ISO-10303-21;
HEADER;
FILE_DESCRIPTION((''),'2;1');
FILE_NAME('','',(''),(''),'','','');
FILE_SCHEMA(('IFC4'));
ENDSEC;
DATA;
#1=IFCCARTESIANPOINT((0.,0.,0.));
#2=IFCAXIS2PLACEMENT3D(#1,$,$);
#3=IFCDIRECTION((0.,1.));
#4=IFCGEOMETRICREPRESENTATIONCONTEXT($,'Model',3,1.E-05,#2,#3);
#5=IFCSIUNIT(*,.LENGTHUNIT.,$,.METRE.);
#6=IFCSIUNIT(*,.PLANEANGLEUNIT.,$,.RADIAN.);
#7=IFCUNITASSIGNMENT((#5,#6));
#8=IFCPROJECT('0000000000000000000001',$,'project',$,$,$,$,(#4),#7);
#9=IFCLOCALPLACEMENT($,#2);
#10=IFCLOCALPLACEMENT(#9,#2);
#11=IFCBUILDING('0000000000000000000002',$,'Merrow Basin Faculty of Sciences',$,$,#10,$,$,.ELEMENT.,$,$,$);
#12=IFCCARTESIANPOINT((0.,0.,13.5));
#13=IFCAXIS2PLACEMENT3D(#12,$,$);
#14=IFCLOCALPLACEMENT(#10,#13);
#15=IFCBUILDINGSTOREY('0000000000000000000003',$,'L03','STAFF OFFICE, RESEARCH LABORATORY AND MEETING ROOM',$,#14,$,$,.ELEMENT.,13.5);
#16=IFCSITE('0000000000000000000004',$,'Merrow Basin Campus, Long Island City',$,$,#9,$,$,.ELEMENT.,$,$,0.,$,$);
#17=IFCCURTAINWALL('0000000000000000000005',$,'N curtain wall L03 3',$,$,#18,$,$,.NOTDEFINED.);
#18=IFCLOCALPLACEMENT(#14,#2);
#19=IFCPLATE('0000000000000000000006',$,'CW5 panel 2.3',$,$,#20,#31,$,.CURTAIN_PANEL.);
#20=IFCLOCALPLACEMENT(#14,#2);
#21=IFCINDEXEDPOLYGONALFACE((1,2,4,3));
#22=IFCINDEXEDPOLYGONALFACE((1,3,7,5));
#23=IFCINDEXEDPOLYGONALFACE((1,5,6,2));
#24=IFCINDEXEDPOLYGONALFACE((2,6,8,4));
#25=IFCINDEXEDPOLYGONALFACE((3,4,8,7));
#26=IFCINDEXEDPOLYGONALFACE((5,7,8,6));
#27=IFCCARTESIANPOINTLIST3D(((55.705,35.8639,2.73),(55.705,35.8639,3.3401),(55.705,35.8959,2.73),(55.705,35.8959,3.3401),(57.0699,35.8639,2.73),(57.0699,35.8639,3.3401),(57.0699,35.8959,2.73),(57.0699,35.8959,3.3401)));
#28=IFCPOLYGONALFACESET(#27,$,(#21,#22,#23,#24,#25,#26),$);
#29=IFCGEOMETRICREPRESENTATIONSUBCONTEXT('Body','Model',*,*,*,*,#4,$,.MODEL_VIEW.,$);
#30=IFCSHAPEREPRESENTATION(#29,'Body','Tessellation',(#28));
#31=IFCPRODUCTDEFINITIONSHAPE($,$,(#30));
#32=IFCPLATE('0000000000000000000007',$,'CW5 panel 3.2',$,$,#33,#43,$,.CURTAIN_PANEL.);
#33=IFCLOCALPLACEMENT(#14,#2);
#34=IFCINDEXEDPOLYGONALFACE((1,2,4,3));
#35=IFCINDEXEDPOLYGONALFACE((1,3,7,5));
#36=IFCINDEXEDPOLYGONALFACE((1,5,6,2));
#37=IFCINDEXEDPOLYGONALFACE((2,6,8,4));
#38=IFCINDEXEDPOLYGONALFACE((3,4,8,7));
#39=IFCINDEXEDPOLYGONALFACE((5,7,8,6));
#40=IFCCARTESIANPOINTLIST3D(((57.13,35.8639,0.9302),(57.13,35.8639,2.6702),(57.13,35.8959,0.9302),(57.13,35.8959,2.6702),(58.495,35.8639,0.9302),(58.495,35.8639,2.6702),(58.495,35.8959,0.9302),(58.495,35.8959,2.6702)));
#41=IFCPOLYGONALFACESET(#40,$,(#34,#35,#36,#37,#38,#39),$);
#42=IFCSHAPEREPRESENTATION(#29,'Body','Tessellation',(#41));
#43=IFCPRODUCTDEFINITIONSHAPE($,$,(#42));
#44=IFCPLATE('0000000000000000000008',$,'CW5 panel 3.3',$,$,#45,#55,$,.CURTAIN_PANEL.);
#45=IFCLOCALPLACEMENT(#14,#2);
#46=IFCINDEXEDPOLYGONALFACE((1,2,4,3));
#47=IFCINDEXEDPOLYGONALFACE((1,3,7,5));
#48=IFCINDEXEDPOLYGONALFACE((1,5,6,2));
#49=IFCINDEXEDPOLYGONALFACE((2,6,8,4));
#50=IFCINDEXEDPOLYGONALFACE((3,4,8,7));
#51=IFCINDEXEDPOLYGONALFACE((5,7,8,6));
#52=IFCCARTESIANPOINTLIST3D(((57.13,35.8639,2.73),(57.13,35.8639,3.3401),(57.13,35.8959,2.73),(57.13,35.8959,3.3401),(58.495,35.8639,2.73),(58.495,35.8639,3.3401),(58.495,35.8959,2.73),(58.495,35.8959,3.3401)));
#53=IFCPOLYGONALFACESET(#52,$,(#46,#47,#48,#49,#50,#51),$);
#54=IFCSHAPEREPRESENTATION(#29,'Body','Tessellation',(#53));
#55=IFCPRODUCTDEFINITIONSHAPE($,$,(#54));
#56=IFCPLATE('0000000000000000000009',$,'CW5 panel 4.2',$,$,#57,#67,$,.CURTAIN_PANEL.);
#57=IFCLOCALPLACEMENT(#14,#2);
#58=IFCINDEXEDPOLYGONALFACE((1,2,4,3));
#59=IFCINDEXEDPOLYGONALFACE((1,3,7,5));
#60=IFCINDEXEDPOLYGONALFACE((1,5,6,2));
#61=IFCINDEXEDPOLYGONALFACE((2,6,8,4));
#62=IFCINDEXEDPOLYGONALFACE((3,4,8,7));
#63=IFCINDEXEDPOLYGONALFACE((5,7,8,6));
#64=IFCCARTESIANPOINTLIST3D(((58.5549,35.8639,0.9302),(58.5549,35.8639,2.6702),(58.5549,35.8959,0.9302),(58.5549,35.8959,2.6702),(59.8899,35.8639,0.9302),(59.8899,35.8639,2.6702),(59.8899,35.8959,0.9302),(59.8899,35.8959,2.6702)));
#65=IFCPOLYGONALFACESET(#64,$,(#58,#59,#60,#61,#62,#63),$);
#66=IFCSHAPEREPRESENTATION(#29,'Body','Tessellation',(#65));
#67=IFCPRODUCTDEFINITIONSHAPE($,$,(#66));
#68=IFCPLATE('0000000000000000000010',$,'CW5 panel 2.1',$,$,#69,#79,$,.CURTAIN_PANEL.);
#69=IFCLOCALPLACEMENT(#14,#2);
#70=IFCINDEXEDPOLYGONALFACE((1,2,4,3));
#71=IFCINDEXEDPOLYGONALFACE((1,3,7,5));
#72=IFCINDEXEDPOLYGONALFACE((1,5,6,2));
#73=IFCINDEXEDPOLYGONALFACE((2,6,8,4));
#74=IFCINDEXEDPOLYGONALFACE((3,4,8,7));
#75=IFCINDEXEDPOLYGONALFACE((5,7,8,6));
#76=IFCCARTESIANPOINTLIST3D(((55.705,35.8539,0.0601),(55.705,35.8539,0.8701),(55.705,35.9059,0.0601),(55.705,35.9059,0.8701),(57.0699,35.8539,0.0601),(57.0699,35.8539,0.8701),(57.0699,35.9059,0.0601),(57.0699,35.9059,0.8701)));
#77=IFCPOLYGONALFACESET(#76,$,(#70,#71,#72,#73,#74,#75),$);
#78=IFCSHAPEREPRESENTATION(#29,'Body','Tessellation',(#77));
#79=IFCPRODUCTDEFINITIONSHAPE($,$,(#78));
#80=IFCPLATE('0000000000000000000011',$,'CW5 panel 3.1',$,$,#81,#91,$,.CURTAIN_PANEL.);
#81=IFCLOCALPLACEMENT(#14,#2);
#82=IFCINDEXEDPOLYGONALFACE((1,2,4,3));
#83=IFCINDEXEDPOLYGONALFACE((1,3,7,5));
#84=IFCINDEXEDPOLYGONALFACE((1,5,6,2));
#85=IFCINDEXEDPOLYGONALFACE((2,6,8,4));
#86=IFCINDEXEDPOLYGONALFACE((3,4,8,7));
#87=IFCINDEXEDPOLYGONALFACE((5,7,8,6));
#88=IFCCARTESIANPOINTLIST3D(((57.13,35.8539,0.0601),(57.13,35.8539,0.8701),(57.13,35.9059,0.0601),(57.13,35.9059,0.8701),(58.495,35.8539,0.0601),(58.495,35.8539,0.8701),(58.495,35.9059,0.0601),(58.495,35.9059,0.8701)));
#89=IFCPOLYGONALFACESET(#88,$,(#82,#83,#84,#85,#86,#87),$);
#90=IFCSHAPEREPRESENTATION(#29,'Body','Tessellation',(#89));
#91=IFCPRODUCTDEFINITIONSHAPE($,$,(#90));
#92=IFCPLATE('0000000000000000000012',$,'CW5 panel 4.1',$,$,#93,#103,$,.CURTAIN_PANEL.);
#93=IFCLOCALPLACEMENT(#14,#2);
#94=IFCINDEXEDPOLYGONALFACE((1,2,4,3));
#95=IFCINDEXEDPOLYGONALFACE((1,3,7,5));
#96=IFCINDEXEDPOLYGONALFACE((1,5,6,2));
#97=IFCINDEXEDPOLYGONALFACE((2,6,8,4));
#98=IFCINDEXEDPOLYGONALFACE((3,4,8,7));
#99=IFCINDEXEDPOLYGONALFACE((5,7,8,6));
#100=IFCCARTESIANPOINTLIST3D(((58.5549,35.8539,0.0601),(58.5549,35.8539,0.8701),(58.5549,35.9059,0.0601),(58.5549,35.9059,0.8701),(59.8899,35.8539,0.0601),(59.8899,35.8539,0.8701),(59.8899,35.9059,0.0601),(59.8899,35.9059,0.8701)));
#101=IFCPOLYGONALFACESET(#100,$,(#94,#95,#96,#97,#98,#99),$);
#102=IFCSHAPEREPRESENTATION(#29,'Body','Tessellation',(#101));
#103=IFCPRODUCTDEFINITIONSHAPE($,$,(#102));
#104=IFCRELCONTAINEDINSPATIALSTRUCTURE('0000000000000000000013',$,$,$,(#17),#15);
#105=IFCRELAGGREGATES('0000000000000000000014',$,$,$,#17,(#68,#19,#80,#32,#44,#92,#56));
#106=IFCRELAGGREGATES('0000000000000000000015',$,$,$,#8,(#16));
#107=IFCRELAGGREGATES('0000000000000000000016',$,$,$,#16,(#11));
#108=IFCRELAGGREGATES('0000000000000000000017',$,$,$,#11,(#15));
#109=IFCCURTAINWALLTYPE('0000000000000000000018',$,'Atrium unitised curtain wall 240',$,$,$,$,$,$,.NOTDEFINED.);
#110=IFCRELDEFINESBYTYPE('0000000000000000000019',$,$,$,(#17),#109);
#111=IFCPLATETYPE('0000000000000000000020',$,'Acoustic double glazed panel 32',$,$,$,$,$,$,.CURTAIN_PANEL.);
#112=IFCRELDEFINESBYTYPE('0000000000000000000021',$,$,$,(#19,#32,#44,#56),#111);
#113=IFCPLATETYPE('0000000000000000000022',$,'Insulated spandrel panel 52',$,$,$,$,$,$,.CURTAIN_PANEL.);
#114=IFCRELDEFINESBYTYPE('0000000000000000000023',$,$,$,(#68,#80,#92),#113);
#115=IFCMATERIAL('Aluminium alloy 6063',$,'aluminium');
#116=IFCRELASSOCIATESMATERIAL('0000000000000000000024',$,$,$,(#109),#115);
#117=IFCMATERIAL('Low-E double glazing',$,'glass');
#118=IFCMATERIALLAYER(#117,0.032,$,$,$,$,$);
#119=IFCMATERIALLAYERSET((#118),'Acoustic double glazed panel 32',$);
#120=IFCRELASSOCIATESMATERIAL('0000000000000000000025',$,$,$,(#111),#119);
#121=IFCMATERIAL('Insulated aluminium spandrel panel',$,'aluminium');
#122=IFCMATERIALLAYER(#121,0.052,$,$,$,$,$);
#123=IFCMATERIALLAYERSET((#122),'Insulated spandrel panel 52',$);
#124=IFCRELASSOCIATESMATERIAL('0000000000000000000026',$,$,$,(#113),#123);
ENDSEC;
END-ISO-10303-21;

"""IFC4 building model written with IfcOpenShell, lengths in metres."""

from ifc_helpers import new_model, si_unit, direction, frame, origin, origin_2d, place, context, subcontext, project, spatial, rectangle, extrude, material, layer, layer_set, type_object, element, aggregate, save


model = new_model("IFC4")

# Units and contexts
model_context = context("Model", 3, precision=1e-05, world=origin(), true_north=direction((0.0, 1.0)))
body_context = subcontext(model_context, "Body", "Model", "MODEL_VIEW")
ifc_project = project(units=[si_unit("LENGTHUNIT", "METRE"), si_unit("PLANEANGLEUNIT", "RADIAN")], contexts=[model_context])

# Site, building, storey
site_placement = place(None, origin())
site = spatial("IfcSite", under=ifc_project, at=site_placement, Name="Merrow Basin Campus, Long Island City", CompositionType="ELEMENT", RefElevation=0.0)
building_placement = place(site_placement, origin())
building = spatial("IfcBuilding", under=site, at=building_placement, Name="Merrow Basin Faculty of Sciences", CompositionType="ELEMENT")
storey_placement = place(building_placement, frame((0.0, 0.0, 13.5)))
storey = spatial("IfcBuildingStorey", under=building, at=storey_placement, Name="L03", Description="STAFF OFFICE, RESEARCH LABORATORY AND MEETING ROOM", CompositionType="ELEMENT", Elevation=13.5)

# Curtain wall, plates
ifc_material_1 = material(Name="Aluminium alloy 6063", Category="aluminium")
curtain_wall_type = type_object("IfcCurtainWallType", Name="Atrium unitised curtain wall 240", PredefinedType="NOTDEFINED", material=ifc_material_1)
curtain_wall_placement = place(storey_placement, origin())
curtain_wall = element("IfcCurtainWall", 1, at=curtain_wall_placement, inside=storey, type_object=curtain_wall_type, Name="N curtain wall L03 3", PredefinedType="NOTDEFINED")
ifc_material_2 = material(Name="Low-E double glazing", Category="glass")
ifc_layer_1 = layer(ifc_material_2, 0.032)
ifc_layer_set_1 = layer_set([ifc_layer_1], Name="Acoustic double glazed panel 32")
plate_type_1 = type_object("IfcPlateType", Name="Acoustic double glazed panel 32", PredefinedType="CURTAIN_PANEL", material=ifc_layer_set_1)
plate_1_placement = place(storey_placement, frame((56.3875, 35.8799, 2.73), z_axis=(0.0, 0.0, 1.0), x_axis=(1.0, 0.0, 0.0)))
plate_1 = element("IfcPlate", 2, at=plate_1_placement, type_object=plate_type_1, Name="CW5 panel 2.3", PredefinedType="CURTAIN_PANEL", context=body_context, shape_type="SweptSolid", body=[
    extrude(rectangle(XDim=1.365, YDim=0.032, at=origin_2d()), origin(), (0.0, 0.0, 1.0), 0.6101),
])
plate_2_placement = place(storey_placement, frame((57.8125, 35.8799, 0.9302), z_axis=(0.0, 0.0, 1.0), x_axis=(1.0, 0.0, 0.0)))
plate_2 = element("IfcPlate", 3, at=plate_2_placement, type_object=plate_type_1, Name="CW5 panel 3.2", PredefinedType="CURTAIN_PANEL", context=body_context, shape_type="SweptSolid", body=[
    extrude(rectangle(XDim=1.365, YDim=0.032, at=origin_2d()), origin(), (0.0, 0.0, 1.0), 1.74),
])
plate_3_placement = place(storey_placement, frame((57.8125, 35.8799, 2.73), z_axis=(0.0, 0.0, 1.0), x_axis=(1.0, 0.0, 0.0)))
plate_3 = element("IfcPlate", 4, at=plate_3_placement, type_object=plate_type_1, Name="CW5 panel 3.3", PredefinedType="CURTAIN_PANEL", context=body_context, shape_type="SweptSolid", body=[
    extrude(rectangle(XDim=1.365, YDim=0.032, at=origin_2d()), origin(), (0.0, 0.0, 1.0), 0.6101),
])
plate_4_placement = place(storey_placement, frame((59.2224, 35.8799, 0.9302), z_axis=(0.0, 0.0, 1.0), x_axis=(1.0, 0.0, 0.0)))
plate_4 = element("IfcPlate", 5, at=plate_4_placement, type_object=plate_type_1, Name="CW5 panel 4.2", PredefinedType="CURTAIN_PANEL", context=body_context, shape_type="SweptSolid", body=[
    extrude(rectangle(XDim=1.335, YDim=0.032, at=origin_2d()), origin(), (0.0, 0.0, 1.0), 1.74),
])
ifc_material_3 = material(Name="Insulated aluminium spandrel panel", Category="aluminium")
ifc_layer_2 = layer(ifc_material_3, 0.052)
ifc_layer_set_2 = layer_set([ifc_layer_2], Name="Insulated spandrel panel 52")
plate_type_2 = type_object("IfcPlateType", Name="Insulated spandrel panel 52", PredefinedType="CURTAIN_PANEL", material=ifc_layer_set_2)
plate_5_placement = place(storey_placement, frame((56.3875, 35.8799, 0.0601), z_axis=(0.0, 0.0, 1.0), x_axis=(1.0, 0.0, 0.0)))
plate_5 = element("IfcPlate", 6, at=plate_5_placement, type_object=plate_type_2, Name="CW5 panel 2.1", PredefinedType="CURTAIN_PANEL", context=body_context, shape_type="SweptSolid", body=[
    extrude(rectangle(XDim=1.365, YDim=0.052, at=origin_2d()), origin(), (0.0, 0.0, 1.0), 0.8101),
])
plate_6_placement = place(storey_placement, frame((57.8125, 35.8799, 0.0601), z_axis=(0.0, 0.0, 1.0), x_axis=(1.0, 0.0, 0.0)))
plate_6 = element("IfcPlate", 7, at=plate_6_placement, type_object=plate_type_2, Name="CW5 panel 3.1", PredefinedType="CURTAIN_PANEL", context=body_context, shape_type="SweptSolid", body=[
    extrude(rectangle(XDim=1.365, YDim=0.052, at=origin_2d()), origin(), (0.0, 0.0, 1.0), 0.8101),
])
plate_7_placement = place(storey_placement, frame((59.2224, 35.8799, 0.0601), z_axis=(0.0, 0.0, 1.0), x_axis=(1.0, 0.0, 0.0)))
plate_7 = element("IfcPlate", 8, at=plate_7_placement, type_object=plate_type_2, Name="CW5 panel 4.1", PredefinedType="CURTAIN_PANEL", context=body_context, shape_type="SweptSolid", body=[
    extrude(rectangle(XDim=1.335, YDim=0.052, at=origin_2d()), origin(), (0.0, 0.0, 1.0), 0.8101),
])
aggregate(curtain_wall, [plate_5, plate_1, plate_6, plate_2, plate_3, plate_7, plate_4])

save(model, "model.ifc")
